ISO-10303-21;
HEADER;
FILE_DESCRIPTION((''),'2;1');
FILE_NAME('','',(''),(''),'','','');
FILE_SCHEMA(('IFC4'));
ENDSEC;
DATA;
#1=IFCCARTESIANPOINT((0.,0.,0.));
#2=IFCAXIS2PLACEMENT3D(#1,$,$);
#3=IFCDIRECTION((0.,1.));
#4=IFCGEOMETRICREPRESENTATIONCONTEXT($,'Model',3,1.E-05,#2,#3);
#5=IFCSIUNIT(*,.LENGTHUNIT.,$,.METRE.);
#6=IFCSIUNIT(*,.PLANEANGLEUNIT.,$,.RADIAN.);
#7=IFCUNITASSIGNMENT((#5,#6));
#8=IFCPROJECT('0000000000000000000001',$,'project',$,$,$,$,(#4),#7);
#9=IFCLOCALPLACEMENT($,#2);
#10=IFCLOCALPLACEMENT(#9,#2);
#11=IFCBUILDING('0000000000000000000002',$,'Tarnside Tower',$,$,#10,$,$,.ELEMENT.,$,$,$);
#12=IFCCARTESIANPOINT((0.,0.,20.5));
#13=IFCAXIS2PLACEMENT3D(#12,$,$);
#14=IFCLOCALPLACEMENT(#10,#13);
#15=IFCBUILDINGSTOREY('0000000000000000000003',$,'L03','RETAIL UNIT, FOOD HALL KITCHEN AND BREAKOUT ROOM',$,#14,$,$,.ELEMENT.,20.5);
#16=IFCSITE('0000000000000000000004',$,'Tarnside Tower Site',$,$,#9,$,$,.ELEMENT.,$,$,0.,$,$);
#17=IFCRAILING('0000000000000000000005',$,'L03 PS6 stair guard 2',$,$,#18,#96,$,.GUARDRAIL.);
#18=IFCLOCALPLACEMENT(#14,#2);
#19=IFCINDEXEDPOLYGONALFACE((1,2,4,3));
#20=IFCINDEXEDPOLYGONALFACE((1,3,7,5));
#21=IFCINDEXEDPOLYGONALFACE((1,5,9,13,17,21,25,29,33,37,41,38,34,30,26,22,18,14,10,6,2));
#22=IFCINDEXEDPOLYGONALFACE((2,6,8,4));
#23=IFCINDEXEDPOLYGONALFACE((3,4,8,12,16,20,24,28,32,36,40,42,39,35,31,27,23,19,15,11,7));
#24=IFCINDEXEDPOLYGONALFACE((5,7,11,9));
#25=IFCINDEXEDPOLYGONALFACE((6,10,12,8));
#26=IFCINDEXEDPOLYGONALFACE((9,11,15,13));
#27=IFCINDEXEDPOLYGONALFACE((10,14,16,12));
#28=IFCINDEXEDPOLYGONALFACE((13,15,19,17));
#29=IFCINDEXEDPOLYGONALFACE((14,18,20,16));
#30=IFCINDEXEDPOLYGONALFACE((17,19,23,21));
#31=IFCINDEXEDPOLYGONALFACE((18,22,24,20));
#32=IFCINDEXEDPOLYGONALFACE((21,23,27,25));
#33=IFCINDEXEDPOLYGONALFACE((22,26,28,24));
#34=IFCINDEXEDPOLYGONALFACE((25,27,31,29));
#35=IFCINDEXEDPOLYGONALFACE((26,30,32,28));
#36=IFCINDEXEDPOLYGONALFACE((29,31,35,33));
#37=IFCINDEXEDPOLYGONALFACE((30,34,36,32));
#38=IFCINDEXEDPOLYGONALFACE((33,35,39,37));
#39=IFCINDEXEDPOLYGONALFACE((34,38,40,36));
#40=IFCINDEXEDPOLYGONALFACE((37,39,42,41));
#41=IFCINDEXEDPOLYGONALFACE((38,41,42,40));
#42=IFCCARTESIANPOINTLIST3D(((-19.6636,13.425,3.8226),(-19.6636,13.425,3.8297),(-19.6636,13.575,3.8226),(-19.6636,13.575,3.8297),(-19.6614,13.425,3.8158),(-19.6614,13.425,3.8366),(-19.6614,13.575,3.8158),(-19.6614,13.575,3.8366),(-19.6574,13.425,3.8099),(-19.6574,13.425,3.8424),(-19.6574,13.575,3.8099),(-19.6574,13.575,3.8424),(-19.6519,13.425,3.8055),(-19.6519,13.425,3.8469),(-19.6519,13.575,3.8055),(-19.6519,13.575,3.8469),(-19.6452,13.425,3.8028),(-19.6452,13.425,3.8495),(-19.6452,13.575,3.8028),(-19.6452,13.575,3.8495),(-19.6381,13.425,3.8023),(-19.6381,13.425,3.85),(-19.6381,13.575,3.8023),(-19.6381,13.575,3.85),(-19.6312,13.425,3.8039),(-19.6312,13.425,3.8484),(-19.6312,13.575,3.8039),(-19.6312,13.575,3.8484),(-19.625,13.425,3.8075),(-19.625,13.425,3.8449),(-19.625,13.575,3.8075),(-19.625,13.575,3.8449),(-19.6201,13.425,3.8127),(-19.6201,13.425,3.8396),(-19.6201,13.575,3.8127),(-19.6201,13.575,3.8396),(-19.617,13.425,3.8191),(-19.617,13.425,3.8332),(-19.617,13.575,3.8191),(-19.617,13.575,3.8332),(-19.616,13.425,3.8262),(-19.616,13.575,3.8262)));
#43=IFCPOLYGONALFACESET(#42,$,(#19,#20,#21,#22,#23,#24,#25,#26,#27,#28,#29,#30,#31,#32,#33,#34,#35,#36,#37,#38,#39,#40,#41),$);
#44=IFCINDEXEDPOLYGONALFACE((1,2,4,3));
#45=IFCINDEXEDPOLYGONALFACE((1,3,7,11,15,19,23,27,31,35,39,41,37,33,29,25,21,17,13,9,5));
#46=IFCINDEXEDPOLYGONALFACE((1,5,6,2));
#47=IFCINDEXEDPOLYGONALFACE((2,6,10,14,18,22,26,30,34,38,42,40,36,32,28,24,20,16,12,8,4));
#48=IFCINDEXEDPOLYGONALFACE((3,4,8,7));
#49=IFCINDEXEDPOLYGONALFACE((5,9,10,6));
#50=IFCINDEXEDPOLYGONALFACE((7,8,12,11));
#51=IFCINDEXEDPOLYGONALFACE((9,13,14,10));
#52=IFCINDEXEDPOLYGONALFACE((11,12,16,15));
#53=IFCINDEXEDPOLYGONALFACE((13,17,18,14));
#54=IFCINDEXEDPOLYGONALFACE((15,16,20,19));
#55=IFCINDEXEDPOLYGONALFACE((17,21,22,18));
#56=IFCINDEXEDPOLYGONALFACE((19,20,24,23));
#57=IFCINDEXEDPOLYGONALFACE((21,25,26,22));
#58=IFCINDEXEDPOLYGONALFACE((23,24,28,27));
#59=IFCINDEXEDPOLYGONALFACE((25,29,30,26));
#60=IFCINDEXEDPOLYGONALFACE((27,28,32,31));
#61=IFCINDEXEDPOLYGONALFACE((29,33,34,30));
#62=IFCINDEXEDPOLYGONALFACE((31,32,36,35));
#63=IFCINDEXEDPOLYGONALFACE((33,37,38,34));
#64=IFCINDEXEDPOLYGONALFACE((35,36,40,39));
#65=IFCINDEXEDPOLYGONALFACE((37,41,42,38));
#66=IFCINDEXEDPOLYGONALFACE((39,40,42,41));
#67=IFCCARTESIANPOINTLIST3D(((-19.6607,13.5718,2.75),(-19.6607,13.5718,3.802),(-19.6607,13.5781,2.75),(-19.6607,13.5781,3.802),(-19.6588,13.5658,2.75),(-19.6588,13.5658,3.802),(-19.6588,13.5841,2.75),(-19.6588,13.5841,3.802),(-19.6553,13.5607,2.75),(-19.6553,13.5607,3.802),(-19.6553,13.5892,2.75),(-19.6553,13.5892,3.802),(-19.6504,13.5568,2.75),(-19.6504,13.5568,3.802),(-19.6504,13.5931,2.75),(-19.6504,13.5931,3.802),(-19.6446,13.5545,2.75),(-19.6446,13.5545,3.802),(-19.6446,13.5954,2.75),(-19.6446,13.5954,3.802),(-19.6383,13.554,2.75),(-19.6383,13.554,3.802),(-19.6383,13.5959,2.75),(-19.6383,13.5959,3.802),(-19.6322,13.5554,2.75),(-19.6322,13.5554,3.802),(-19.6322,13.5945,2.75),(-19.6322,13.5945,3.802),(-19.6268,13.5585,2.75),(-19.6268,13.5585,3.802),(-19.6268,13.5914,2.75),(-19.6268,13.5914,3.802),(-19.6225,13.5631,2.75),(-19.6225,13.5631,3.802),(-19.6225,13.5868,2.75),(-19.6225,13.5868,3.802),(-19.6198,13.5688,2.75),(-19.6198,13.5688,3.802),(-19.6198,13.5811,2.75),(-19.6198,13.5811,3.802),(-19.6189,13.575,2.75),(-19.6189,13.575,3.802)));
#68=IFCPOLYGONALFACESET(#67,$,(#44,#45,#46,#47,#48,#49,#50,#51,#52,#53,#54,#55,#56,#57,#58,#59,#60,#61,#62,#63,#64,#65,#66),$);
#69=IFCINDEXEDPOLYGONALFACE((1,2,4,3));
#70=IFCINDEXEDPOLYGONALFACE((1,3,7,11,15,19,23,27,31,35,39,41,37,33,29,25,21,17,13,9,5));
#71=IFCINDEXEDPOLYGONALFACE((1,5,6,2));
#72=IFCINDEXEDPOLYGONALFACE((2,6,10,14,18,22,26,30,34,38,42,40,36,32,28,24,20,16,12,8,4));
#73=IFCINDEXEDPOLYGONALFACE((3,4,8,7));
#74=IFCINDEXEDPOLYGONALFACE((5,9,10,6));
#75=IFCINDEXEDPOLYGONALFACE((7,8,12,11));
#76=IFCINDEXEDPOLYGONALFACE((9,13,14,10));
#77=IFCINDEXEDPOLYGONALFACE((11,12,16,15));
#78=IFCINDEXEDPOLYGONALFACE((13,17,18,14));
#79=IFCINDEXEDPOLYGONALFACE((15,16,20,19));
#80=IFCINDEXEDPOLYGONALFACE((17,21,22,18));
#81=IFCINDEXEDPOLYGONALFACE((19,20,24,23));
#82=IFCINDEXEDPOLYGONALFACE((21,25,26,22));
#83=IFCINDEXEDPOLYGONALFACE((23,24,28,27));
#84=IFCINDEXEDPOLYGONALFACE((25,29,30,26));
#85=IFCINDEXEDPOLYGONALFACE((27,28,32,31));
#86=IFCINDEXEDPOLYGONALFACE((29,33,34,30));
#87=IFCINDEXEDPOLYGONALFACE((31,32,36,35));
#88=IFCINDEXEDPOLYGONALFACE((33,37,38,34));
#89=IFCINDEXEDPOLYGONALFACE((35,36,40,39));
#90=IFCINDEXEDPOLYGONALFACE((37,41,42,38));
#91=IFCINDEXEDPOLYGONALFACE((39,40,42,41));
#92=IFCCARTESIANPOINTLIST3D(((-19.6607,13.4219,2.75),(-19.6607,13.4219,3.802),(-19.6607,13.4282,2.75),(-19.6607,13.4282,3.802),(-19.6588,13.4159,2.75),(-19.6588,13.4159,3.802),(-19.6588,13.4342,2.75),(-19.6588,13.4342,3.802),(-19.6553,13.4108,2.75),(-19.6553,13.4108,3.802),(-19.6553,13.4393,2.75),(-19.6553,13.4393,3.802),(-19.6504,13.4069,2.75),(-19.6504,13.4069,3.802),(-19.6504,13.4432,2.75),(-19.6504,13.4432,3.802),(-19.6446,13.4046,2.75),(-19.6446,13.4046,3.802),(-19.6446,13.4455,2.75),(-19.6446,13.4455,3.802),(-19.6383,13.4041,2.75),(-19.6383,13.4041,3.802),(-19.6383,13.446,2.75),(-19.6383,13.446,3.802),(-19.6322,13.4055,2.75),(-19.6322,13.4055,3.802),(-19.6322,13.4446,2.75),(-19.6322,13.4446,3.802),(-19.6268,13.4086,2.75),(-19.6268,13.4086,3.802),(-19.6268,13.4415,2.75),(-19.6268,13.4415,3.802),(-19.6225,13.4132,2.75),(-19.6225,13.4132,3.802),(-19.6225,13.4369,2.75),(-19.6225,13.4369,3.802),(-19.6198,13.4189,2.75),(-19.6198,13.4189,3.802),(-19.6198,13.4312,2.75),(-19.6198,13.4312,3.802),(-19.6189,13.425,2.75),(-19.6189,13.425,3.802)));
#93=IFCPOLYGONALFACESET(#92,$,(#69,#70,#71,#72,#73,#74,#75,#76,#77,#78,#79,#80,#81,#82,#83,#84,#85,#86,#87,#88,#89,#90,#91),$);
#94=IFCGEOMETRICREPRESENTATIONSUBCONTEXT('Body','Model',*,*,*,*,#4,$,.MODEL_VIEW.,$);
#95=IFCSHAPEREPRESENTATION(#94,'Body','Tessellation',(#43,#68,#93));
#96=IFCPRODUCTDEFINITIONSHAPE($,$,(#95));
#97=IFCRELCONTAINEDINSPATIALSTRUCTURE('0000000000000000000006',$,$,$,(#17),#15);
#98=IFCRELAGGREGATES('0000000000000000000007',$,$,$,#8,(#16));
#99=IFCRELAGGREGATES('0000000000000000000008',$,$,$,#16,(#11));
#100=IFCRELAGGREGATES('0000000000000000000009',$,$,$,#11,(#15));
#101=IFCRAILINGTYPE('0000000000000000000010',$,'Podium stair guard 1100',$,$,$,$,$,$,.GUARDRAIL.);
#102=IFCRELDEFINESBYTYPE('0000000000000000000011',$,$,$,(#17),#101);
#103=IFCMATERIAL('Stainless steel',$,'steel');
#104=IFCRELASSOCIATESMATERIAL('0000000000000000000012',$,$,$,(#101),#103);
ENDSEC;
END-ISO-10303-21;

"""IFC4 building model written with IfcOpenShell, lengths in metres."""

from ifc_helpers import new_model, si_unit, direction, frame, origin, origin_2d, place, context, subcontext, project, spatial, circle, extrude, material, type_object, element, save


model = new_model("IFC4")

# Units and contexts
model_context = context("Model", 3, precision=1e-05, world=origin(), true_north=direction((0.0, 1.0)))
body_context = subcontext(model_context, "Body", "Model", "MODEL_VIEW")
ifc_project = project(units=[si_unit("LENGTHUNIT", "METRE"), si_unit("PLANEANGLEUNIT", "RADIAN")], contexts=[model_context])

# Site, building, storey
site_placement = place(None, origin())
site = spatial("IfcSite", under=ifc_project, at=site_placement, Name="Tarnside Tower Site", CompositionType="ELEMENT", RefElevation=0.0)
building_placement = place(site_placement, origin())
building = spatial("IfcBuilding", under=site, at=building_placement, Name="Tarnside Tower", CompositionType="ELEMENT")
storey_placement = place(building_placement, frame((0.0, 0.0, 20.5)))
storey = spatial("IfcBuildingStorey", under=building, at=storey_placement, Name="L03", Description="RETAIL UNIT, FOOD HALL KITCHEN AND BREAKOUT ROOM", CompositionType="ELEMENT", Elevation=20.5)

# Railing
ifc_material_1 = material(Name="Stainless steel", Category="steel")
railing_type_1 = type_object("IfcRailingType", Name="Podium stair guard 1100", PredefinedType="GUARDRAIL", material=ifc_material_1)
railing_1_placement = place(storey_placement, frame((-19.6399, 13.575, 2.75)))
element("IfcRailing", 1, at=railing_1_placement, inside=storey, type_object=railing_type_1, Name="L03 PS6 stair guard 2", PredefinedType="GUARDRAIL", context=body_context, shape_type="SweptSolid", body=[
    extrude(circle(Radius=0.0239, at=origin_2d()), frame((0.0, 0.0, 1.0762), z_axis=(0.0, -1.0, 0.0), x_axis=(1.0, 0.0, 0.0)), (0.0, 0.0, 1.0), 0.1499),
    extrude(circle(Radius=0.021, at=origin_2d()), origin(), (0.0, 0.0, 1.0), 1.052),
    extrude(circle(Radius=0.021, at=origin_2d()), frame((0.0, -0.1499, 0.0)), (0.0, 0.0, 1.0), 1.052),
])

save(model, "model.ifc")
